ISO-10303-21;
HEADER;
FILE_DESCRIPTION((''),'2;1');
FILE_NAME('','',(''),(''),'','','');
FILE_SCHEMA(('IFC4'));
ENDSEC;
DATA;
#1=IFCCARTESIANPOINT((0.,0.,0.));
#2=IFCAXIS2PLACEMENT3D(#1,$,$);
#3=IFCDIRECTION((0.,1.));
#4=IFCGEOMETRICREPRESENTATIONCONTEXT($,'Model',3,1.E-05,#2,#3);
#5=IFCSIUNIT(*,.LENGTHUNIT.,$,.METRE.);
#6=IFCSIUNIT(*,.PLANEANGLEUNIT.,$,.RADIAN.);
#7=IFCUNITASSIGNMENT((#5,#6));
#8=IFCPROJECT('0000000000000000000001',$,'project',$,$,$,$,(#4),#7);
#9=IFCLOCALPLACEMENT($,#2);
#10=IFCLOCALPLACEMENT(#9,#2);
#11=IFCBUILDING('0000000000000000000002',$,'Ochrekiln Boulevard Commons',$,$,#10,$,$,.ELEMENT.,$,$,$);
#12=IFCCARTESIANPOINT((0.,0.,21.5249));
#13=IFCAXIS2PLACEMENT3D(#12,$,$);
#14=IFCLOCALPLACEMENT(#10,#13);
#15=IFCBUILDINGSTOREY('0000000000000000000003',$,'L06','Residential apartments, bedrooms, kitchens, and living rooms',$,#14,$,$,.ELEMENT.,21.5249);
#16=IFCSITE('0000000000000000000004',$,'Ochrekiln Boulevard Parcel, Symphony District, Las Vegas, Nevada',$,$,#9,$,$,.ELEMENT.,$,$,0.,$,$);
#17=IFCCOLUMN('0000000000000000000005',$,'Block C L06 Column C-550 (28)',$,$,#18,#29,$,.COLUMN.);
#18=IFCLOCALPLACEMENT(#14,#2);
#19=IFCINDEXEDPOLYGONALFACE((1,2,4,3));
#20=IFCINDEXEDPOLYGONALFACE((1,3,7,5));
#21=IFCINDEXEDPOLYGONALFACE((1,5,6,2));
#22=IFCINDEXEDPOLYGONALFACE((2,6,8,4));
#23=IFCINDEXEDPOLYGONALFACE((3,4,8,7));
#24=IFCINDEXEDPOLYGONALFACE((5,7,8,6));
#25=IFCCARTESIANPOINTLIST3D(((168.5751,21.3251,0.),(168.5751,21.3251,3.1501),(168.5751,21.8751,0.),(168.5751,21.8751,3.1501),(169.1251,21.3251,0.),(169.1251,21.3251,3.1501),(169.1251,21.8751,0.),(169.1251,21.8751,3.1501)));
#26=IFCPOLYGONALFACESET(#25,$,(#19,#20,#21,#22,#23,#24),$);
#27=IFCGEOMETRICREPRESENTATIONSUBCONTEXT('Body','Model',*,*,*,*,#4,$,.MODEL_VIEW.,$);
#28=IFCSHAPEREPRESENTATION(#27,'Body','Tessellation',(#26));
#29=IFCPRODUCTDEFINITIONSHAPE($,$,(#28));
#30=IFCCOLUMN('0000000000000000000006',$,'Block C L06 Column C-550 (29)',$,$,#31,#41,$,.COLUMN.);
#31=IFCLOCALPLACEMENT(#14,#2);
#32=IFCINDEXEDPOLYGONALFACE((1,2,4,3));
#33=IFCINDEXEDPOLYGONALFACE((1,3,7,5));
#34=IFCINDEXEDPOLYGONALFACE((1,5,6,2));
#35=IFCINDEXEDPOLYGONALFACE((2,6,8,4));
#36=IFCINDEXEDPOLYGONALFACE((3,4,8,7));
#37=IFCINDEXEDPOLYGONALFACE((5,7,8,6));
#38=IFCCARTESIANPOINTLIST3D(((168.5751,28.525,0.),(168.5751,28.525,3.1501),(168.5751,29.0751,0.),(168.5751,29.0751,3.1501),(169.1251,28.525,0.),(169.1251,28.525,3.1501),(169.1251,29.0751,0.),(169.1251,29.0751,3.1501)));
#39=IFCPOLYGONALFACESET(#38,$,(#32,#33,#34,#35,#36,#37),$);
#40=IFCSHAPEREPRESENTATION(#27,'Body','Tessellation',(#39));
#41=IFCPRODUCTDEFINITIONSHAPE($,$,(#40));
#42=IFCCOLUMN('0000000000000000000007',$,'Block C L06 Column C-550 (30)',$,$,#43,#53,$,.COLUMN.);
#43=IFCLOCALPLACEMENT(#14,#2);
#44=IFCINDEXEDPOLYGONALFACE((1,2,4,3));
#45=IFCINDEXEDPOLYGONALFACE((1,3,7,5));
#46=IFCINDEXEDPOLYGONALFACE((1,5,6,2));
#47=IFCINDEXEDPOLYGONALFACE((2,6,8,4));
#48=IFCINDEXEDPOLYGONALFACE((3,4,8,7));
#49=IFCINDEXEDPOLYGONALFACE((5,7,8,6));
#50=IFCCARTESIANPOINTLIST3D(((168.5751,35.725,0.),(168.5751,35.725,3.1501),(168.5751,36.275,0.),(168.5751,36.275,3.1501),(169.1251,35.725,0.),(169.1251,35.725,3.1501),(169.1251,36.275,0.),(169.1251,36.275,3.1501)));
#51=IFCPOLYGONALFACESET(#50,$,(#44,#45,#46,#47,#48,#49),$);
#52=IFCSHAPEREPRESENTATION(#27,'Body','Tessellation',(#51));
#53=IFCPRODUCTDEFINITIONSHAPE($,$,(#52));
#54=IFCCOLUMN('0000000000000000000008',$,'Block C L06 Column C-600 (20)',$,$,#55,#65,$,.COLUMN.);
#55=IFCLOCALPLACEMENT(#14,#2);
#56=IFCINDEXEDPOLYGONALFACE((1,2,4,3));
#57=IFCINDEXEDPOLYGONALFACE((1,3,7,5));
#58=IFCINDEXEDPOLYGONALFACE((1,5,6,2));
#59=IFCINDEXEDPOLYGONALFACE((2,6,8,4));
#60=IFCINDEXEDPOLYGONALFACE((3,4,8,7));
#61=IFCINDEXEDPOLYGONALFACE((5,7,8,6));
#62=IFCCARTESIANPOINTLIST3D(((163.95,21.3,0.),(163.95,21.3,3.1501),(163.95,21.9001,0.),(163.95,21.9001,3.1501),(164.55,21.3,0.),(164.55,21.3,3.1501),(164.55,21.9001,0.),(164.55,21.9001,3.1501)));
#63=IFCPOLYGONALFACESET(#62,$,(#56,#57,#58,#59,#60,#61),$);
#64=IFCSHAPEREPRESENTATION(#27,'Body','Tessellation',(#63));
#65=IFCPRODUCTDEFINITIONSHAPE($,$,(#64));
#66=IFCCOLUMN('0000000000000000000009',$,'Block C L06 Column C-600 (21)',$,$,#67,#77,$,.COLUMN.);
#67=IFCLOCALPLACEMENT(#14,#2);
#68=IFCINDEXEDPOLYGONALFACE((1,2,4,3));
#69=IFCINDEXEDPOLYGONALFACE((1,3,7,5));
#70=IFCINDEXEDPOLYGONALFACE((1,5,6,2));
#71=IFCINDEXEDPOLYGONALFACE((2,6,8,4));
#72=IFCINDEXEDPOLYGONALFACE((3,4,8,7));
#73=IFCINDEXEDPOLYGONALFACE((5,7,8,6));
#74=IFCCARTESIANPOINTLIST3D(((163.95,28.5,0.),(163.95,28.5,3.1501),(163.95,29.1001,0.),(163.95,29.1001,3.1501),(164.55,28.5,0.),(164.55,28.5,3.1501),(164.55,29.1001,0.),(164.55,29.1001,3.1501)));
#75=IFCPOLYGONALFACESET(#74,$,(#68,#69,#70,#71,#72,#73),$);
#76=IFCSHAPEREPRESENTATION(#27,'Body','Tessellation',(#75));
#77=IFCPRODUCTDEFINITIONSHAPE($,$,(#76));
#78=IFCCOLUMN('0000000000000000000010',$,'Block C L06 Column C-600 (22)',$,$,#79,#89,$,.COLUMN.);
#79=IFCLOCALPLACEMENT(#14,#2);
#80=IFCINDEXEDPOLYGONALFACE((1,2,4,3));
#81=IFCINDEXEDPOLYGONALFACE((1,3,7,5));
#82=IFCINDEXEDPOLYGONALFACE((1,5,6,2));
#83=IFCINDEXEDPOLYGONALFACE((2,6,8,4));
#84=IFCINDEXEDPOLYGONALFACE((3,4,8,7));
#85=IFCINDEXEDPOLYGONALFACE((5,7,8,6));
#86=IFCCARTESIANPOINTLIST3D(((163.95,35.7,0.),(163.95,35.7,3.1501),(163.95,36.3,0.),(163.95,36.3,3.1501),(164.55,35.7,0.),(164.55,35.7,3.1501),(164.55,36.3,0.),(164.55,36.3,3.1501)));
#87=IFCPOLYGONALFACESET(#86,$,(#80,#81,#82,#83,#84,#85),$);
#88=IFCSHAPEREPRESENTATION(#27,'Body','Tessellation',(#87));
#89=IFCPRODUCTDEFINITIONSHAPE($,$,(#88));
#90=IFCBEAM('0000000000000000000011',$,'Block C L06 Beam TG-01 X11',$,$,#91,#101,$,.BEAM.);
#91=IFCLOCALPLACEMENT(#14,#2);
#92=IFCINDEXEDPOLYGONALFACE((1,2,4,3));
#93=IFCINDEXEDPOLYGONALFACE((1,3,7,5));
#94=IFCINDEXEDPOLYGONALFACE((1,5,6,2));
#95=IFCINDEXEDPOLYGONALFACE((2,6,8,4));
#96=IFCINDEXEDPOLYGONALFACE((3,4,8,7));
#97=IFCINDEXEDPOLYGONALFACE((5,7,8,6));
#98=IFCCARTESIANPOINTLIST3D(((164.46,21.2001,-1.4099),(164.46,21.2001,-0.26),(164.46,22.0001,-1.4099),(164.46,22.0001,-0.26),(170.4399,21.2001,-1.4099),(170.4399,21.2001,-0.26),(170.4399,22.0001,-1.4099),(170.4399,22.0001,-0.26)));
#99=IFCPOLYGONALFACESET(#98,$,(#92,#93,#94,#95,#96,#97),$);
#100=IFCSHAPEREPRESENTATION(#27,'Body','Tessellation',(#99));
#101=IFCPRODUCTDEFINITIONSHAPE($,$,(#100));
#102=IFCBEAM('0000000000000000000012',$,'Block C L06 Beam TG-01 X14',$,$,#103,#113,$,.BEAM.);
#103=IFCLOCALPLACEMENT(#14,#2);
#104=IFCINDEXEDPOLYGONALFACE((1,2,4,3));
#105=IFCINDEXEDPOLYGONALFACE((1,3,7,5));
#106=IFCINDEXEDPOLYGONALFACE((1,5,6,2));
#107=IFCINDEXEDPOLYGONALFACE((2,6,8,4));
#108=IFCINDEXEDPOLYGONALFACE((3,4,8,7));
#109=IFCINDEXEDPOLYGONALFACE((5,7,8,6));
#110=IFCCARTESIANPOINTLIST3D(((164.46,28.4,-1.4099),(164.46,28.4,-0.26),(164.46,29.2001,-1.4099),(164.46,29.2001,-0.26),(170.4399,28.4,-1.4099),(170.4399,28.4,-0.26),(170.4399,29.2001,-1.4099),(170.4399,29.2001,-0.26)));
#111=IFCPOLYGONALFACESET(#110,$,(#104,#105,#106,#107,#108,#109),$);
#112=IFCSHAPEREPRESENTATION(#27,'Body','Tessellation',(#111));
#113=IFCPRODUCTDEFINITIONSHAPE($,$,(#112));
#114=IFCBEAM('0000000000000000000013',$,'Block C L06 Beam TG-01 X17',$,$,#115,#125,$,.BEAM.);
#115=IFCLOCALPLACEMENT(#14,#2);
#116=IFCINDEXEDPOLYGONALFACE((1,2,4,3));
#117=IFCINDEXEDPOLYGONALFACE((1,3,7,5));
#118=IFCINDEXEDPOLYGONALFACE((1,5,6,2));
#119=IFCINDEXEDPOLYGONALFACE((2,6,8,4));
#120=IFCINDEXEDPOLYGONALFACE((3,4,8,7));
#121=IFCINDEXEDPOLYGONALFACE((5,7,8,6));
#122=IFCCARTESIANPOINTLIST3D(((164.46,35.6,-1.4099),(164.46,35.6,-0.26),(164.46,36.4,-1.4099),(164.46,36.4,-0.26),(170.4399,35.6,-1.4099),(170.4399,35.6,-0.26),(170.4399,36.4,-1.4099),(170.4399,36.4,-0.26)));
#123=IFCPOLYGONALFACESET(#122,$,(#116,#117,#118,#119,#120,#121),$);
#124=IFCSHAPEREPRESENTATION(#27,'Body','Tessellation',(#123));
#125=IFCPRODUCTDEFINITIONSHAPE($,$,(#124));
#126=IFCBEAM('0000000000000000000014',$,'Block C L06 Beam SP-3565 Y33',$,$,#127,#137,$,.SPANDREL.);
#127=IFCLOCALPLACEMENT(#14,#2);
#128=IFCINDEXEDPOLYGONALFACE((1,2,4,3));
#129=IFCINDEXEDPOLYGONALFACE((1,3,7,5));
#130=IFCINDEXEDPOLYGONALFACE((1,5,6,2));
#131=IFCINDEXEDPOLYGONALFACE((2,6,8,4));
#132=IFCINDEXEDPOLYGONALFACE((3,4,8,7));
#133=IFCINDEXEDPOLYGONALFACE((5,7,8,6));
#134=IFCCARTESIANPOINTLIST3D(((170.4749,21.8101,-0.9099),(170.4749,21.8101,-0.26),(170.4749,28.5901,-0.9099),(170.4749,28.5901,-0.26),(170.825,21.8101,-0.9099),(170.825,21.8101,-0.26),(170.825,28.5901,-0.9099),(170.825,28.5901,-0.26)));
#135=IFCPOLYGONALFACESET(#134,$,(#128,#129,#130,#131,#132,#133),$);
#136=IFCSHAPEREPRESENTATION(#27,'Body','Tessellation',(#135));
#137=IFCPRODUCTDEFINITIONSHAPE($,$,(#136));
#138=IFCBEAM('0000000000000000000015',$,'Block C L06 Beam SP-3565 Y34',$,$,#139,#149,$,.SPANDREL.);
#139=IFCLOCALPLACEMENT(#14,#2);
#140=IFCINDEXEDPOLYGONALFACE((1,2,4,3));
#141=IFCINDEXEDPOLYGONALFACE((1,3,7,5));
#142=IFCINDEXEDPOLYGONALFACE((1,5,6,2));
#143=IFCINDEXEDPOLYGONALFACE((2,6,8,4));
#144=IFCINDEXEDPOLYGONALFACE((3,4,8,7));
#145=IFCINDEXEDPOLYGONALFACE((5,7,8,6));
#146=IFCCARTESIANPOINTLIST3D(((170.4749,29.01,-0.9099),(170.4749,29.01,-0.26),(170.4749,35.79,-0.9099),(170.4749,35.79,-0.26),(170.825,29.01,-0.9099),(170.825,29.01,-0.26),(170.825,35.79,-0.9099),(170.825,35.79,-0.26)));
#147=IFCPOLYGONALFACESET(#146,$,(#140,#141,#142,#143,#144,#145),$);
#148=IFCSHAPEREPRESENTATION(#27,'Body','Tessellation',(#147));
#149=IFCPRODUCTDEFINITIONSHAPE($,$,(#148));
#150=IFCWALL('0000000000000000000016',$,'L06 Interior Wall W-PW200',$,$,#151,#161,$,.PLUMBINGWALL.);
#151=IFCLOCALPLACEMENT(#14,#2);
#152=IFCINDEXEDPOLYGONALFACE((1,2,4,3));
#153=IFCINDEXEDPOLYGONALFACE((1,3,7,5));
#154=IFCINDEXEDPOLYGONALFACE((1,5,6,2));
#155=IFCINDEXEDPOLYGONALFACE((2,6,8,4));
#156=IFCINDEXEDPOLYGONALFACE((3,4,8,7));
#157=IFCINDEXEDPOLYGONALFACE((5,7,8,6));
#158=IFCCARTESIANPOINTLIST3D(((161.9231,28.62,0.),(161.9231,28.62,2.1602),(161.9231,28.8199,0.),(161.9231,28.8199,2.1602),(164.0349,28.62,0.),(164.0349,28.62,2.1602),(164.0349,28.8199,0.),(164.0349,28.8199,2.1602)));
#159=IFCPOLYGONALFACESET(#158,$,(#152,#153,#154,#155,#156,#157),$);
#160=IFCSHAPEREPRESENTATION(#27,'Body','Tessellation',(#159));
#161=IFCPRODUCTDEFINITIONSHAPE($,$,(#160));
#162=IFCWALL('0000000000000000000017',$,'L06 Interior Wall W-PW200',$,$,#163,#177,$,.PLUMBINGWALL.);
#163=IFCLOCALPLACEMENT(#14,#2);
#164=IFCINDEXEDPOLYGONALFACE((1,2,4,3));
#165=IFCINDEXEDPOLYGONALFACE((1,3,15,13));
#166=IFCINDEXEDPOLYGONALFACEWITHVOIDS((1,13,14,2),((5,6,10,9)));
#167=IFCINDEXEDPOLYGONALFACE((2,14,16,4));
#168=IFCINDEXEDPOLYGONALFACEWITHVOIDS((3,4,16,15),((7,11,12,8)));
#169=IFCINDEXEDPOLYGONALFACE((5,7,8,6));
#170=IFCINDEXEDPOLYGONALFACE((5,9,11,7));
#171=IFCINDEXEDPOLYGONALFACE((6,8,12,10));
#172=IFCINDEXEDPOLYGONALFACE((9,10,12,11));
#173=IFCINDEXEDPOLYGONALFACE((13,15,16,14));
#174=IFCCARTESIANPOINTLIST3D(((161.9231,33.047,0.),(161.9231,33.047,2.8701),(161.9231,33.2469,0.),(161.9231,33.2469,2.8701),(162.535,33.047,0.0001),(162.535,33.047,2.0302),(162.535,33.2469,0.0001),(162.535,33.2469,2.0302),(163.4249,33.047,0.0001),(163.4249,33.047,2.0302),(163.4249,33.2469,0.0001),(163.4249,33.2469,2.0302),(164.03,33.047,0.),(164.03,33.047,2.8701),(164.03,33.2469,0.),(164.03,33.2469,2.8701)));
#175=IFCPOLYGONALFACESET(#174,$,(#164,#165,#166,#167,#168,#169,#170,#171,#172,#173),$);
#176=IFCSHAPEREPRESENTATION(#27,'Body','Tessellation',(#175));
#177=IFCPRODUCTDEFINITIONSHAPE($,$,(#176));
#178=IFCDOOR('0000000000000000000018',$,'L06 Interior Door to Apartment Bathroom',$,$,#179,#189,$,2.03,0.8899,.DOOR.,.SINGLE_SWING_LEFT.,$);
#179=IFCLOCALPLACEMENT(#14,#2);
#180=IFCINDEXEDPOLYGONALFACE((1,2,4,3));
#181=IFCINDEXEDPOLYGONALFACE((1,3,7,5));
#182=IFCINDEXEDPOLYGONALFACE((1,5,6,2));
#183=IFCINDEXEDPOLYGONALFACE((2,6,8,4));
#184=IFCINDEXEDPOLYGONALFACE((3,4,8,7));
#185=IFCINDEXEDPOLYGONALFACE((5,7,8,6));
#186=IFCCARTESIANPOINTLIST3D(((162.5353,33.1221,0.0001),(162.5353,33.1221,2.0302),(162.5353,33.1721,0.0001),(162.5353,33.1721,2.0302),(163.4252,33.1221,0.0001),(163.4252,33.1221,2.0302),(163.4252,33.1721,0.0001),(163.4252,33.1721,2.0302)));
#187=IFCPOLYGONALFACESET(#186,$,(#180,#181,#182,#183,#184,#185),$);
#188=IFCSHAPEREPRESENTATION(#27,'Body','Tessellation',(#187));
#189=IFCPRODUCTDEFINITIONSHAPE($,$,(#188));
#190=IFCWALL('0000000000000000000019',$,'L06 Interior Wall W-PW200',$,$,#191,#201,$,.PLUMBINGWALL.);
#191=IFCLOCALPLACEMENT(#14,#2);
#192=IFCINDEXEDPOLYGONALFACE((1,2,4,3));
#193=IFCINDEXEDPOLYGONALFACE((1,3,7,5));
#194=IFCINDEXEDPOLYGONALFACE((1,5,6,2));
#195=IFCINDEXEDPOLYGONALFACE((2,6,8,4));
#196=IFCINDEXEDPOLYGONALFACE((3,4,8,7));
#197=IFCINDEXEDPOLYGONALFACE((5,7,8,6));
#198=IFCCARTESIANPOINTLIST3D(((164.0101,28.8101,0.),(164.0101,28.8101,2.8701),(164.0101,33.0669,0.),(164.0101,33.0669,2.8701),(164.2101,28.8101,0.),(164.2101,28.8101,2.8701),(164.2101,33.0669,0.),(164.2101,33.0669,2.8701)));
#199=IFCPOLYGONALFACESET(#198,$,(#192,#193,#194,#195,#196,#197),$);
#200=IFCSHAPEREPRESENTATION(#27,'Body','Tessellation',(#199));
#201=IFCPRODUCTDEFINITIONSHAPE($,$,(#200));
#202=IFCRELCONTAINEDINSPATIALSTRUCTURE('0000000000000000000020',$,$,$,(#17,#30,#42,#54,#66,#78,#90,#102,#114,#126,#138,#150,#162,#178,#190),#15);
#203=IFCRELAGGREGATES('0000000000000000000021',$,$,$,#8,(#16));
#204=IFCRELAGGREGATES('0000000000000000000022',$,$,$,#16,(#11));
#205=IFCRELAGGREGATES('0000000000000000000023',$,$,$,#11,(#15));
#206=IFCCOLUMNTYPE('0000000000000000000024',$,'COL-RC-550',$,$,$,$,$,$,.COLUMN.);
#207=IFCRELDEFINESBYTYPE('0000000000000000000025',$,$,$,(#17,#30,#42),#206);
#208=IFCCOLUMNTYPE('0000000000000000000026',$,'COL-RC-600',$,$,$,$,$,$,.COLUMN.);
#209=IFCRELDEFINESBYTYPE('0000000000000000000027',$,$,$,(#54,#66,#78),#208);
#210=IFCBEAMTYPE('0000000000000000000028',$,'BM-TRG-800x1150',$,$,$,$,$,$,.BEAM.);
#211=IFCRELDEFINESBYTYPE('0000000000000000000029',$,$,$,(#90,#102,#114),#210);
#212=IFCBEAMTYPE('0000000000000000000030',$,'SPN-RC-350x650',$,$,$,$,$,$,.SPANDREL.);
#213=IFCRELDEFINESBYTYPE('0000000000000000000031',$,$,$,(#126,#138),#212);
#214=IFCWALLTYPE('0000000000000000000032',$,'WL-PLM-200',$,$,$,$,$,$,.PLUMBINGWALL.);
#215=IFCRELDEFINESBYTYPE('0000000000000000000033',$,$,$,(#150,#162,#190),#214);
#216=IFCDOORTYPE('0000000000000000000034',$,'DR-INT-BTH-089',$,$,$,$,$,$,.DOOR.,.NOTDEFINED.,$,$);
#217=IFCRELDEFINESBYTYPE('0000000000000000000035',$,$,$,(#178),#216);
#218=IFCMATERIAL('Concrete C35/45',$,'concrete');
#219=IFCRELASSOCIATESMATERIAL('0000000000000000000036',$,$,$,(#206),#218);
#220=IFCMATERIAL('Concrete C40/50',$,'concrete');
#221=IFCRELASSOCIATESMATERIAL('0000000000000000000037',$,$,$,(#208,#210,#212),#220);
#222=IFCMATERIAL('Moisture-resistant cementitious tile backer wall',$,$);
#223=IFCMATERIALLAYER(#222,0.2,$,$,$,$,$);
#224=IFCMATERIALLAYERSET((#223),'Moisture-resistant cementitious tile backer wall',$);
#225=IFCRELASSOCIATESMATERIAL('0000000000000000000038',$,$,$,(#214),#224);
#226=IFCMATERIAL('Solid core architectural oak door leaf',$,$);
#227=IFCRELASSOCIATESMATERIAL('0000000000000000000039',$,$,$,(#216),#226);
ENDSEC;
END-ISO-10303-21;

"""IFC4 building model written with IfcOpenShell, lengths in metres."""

from ifc_helpers import new_model, si_unit, direction, frame, frame_2d, origin, origin_2d, place, context, subcontext, project, spatial, rectangle, extrude, material, layer, layer_set, material_profile, profile_set, type_object, element, fill, save


model = new_model("IFC4")

# Units and contexts
model_context = context("Model", 3, precision=1e-05, world=origin(), true_north=direction((0.0, 1.0)))
body_context = subcontext(model_context, "Body", "Model", "MODEL_VIEW")
ifc_project = project(units=[si_unit("LENGTHUNIT", "METRE"), si_unit("PLANEANGLEUNIT", "RADIAN")], contexts=[model_context])

# Site, building, storey
site_placement = place(None, origin())
site = spatial("IfcSite", under=ifc_project, at=site_placement, Name="Ochrekiln Boulevard Parcel, Symphony District, Las Vegas, Nevada", CompositionType="ELEMENT", RefElevation=0.0)
building_placement = place(site_placement, origin())
building = spatial("IfcBuilding", under=site, at=building_placement, Name="Ochrekiln Boulevard Commons", CompositionType="ELEMENT")
storey_placement = place(building_placement, frame((0.0, 0.0, 21.5249)))
storey = spatial("IfcBuildingStorey", under=building, at=storey_placement, Name="L06", Description="Residential apartments, bedrooms, kitchens, and living rooms", CompositionType="ELEMENT", Elevation=21.5249)

# Columns
ifc_material_1 = material(Name="Concrete C35/45", Category="concrete")
ifc_material_profile_1 = material_profile(ifc_material_1, rectangle(XDim=0.55, YDim=0.55, at=origin_2d()), Name="RC-COL-550x550")
ifc_profile_set_1 = profile_set([ifc_material_profile_1], Name="Concrete C35/45")
column_type_1 = type_object("IfcColumnType", Name="COL-RC-550", PredefinedType="COLUMN", material=ifc_profile_set_1)
for number, where, z_axis, x_axis, name in (
    (1, (168.8501, 21.6001, 0.0), (0.0, 0.0, 1.0), (1.0, 0.0, 0.0), "Block C L06 Column C-550 (28)"),
    (2, (168.8501, 28.8, 0.0), (0.0, 0.0, 1.0), (1.0, 0.0, 0.0), "Block C L06 Column C-550 (29)"),
    (3, (168.8501, 36.0, 0.0), (0.0, 0.0, 1.0), (1.0, 0.0, 0.0), "Block C L06 Column C-550 (30)"),
):
    element("IfcColumn", number, at=place(storey_placement, frame(where, z_axis=z_axis, x_axis=x_axis)), inside=storey, type_object=column_type_1, Name=name, PredefinedType="COLUMN", context=body_context, shape_type="SweptSolid", body=[
        extrude(rectangle(XDim=0.55, YDim=0.55, at=origin_2d()), origin(), (0.0, 0.0, 1.0), 3.1501),
    ])
ifc_material_2 = material(Name="Concrete C40/50", Category="concrete")
ifc_material_profile_2 = material_profile(ifc_material_2, rectangle(XDim=0.6001, YDim=0.6001, at=origin_2d()), Name="RC-COL-600x600")
ifc_profile_set_2 = profile_set([ifc_material_profile_2], Name="Concrete C40/50")
column_type_2 = type_object("IfcColumnType", Name="COL-RC-600", PredefinedType="COLUMN", material=ifc_profile_set_2)
for number, where, z_axis, x_axis, name in (
    (4, (164.25, 21.6001, 0.0), (0.0, 0.0, 1.0), (1.0, 0.0, 0.0), "Block C L06 Column C-600 (20)"),
    (5, (164.25, 28.8, 0.0), (0.0, 0.0, 1.0), (1.0, 0.0, 0.0), "Block C L06 Column C-600 (21)"),
    (6, (164.25, 36.0, 0.0), (0.0, 0.0, 1.0), (1.0, 0.0, 0.0), "Block C L06 Column C-600 (22)"),
):
    element("IfcColumn", number, at=place(storey_placement, frame(where, z_axis=z_axis, x_axis=x_axis)), inside=storey, type_object=column_type_2, Name=name, PredefinedType="COLUMN", context=body_context, shape_type="SweptSolid", body=[
        extrude(rectangle(XDim=0.6001, YDim=0.6001, at=origin_2d()), origin(), (0.0, 0.0, 1.0), 3.1501),
    ])

# Beams
ifc_material_profile_3 = material_profile(ifc_material_2, rectangle(XDim=0.8, YDim=1.1499, at=origin_2d()), Name="RC-TRG-800x1150")
ifc_profile_set_3 = profile_set([ifc_material_profile_3], Name="Concrete C40/50")
beam_type_1 = type_object("IfcBeamType", Name="BM-TRG-800x1150", PredefinedType="BEAM", material=ifc_profile_set_3)
for number, where, z_axis, x_axis, name in (
    (7, (164.46, 21.6001, -0.835), (1.0, 0.0, 0.0), (0.0, 1.0, 0.0), "Block C L06 Beam TG-01 X11"),
    (8, (164.46, 28.8, -0.835), (1.0, 0.0, 0.0), (0.0, 1.0, 0.0), "Block C L06 Beam TG-01 X14"),
    (9, (164.46, 36.0, -0.835), (1.0, 0.0, 0.0), (0.0, 1.0, 0.0), "Block C L06 Beam TG-01 X17"),
):
    element("IfcBeam", number, at=place(storey_placement, frame(where, z_axis=z_axis, x_axis=x_axis)), inside=storey, type_object=beam_type_1, Name=name, PredefinedType="BEAM", context=body_context, shape_type="SweptSolid", body=[
        extrude(rectangle(XDim=0.8, YDim=1.1499, at=origin_2d()), origin(), (0.0, 0.0, 1.0), 5.98),
    ])
ifc_material_profile_4 = material_profile(ifc_material_2, rectangle(XDim=0.3501, YDim=0.6499, at=origin_2d()), Name="RC-SPN-350x650")
ifc_profile_set_4 = profile_set([ifc_material_profile_4], Name="Concrete C40/50")
beam_type_2 = type_object("IfcBeamType", Name="SPN-RC-350x650", PredefinedType="SPANDREL", material=ifc_profile_set_4)
for number, where, z_axis, x_axis, name in (
    (10, (170.6499, 21.8101, -0.585), (0.0, 1.0, 0.0), (-1.0, 0.0, 0.0), "Block C L06 Beam SP-3565 Y33"),
    (11, (170.6499, 29.01, -0.585), (0.0, 1.0, 0.0), (-1.0, 0.0, 0.0), "Block C L06 Beam SP-3565 Y34"),
):
    element("IfcBeam", number, at=place(storey_placement, frame(where, z_axis=z_axis, x_axis=x_axis)), inside=storey, type_object=beam_type_2, Name=name, PredefinedType="SPANDREL", context=body_context, shape_type="SweptSolid", body=[
        extrude(rectangle(XDim=0.3501, YDim=0.6499, at=origin_2d()), origin(), (0.0, 0.0, 1.0), 6.78),
    ])

# Wall
ifc_material_3 = material(Name="Moisture-resistant cementitious tile backer wall")
ifc_layer_1 = layer(ifc_material_3, 0.2)
ifc_layer_set_1 = layer_set([ifc_layer_1], Name="Moisture-resistant cementitious tile backer wall")
wall_type_1 = type_object("IfcWallType", Name="WL-PLM-200", PredefinedType="PLUMBINGWALL", material=ifc_layer_set_1)
wall_1_placement = place(storey_placement, frame((161.9231, 28.72, 0.0), z_axis=(0.0, 0.0, 1.0), x_axis=(1.0, 0.0, 0.0)))
element("IfcWall", 12, at=wall_1_placement, inside=storey, type_object=wall_type_1, Name="L06 Interior Wall W-PW200", PredefinedType="PLUMBINGWALL", context=body_context, shape_type="SweptSolid", body=[
    extrude(rectangle(XDim=2.1118, YDim=0.2, at=frame_2d((1.0559, 0.0))), origin(), (0.0, 0.0, 1.0), 2.1602),
])

# Wall, opening, door
wall_2_placement = place(storey_placement, frame((161.9231, 33.147, 0.0), z_axis=(0.0, 0.0, 1.0), x_axis=(1.0, 0.0, 0.0)))
wall_2 = element("IfcWall", 13, at=wall_2_placement, inside=storey, type_object=wall_type_1, Name="L06 Interior Wall W-PW200", PredefinedType="PLUMBINGWALL", context=body_context, shape_type="SweptSolid", body=[
    extrude(rectangle(XDim=2.1069, YDim=0.2, at=frame_2d((1.0535, 0.0))), origin(), (0.0, 0.0, 1.0), 2.8701),
])
opening_1_placement = place(wall_2_placement, frame((0.6121, 0.0, 0.0)))
opening_1 = element("IfcOpeningElement", 14, at=opening_1_placement, cuts=wall_2, PredefinedType="OPENING", context=body_context, shape_type="SweptSolid", body=[
    extrude(rectangle(XDim=0.8899, YDim=2.03, at=frame_2d((0.4448, 1.0151))), frame((0.0, 0.1099, 0.0), z_axis=(0.0, -1.0, 0.0), x_axis=(1.0, 0.0, 0.0)), (0.0, 0.0, 1.0), 0.22),
])
ifc_material_4 = material(Name="Solid core architectural oak door leaf")
door_type_1 = type_object("IfcDoorType", Name="DR-INT-BTH-089", OperationType="NOTDEFINED", PredefinedType="DOOR", material=ifc_material_4)
door_1_placement = place(opening_1_placement, frame((0.8899, 0.0, 0.0), z_axis=(0.0, 0.0, 1.0), x_axis=(-1.0, 0.0, 0.0)))
door_1 = element("IfcDoor", 15, at=door_1_placement, inside=storey, type_object=door_type_1, Name="L06 Interior Door to Apartment Bathroom", OperationType="SINGLE_SWING_LEFT", OverallHeight=2.03, OverallWidth=0.8899, PredefinedType="DOOR", context=body_context, shape_type="SweptSolid", body=[
    extrude(rectangle(XDim=0.8899, YDim=2.03, at=frame_2d((0.4448, 1.0151))), frame((0.0, 0.0249, 0.0), z_axis=(0.0, -1.0, 0.0), x_axis=(1.0, 0.0, 0.0)), (0.0, 0.0, 1.0), 0.05),
])
fill(opening_1, door_1)

# Wall
wall_3_placement = place(storey_placement, frame((164.1101, 28.8101, 0.0), z_axis=(0.0, 0.0, 1.0), x_axis=(0.0, 1.0, 0.0)))
element("IfcWall", 16, at=wall_3_placement, inside=storey, type_object=wall_type_1, Name="L06 Interior Wall W-PW200", PredefinedType="PLUMBINGWALL", context=body_context, shape_type="SweptSolid", body=[
    extrude(rectangle(XDim=4.2568, YDim=0.2, at=frame_2d((2.1284, 0.0))), origin(), (0.0, 0.0, 1.0), 2.8701),
])

save(model, "model.ifc")
